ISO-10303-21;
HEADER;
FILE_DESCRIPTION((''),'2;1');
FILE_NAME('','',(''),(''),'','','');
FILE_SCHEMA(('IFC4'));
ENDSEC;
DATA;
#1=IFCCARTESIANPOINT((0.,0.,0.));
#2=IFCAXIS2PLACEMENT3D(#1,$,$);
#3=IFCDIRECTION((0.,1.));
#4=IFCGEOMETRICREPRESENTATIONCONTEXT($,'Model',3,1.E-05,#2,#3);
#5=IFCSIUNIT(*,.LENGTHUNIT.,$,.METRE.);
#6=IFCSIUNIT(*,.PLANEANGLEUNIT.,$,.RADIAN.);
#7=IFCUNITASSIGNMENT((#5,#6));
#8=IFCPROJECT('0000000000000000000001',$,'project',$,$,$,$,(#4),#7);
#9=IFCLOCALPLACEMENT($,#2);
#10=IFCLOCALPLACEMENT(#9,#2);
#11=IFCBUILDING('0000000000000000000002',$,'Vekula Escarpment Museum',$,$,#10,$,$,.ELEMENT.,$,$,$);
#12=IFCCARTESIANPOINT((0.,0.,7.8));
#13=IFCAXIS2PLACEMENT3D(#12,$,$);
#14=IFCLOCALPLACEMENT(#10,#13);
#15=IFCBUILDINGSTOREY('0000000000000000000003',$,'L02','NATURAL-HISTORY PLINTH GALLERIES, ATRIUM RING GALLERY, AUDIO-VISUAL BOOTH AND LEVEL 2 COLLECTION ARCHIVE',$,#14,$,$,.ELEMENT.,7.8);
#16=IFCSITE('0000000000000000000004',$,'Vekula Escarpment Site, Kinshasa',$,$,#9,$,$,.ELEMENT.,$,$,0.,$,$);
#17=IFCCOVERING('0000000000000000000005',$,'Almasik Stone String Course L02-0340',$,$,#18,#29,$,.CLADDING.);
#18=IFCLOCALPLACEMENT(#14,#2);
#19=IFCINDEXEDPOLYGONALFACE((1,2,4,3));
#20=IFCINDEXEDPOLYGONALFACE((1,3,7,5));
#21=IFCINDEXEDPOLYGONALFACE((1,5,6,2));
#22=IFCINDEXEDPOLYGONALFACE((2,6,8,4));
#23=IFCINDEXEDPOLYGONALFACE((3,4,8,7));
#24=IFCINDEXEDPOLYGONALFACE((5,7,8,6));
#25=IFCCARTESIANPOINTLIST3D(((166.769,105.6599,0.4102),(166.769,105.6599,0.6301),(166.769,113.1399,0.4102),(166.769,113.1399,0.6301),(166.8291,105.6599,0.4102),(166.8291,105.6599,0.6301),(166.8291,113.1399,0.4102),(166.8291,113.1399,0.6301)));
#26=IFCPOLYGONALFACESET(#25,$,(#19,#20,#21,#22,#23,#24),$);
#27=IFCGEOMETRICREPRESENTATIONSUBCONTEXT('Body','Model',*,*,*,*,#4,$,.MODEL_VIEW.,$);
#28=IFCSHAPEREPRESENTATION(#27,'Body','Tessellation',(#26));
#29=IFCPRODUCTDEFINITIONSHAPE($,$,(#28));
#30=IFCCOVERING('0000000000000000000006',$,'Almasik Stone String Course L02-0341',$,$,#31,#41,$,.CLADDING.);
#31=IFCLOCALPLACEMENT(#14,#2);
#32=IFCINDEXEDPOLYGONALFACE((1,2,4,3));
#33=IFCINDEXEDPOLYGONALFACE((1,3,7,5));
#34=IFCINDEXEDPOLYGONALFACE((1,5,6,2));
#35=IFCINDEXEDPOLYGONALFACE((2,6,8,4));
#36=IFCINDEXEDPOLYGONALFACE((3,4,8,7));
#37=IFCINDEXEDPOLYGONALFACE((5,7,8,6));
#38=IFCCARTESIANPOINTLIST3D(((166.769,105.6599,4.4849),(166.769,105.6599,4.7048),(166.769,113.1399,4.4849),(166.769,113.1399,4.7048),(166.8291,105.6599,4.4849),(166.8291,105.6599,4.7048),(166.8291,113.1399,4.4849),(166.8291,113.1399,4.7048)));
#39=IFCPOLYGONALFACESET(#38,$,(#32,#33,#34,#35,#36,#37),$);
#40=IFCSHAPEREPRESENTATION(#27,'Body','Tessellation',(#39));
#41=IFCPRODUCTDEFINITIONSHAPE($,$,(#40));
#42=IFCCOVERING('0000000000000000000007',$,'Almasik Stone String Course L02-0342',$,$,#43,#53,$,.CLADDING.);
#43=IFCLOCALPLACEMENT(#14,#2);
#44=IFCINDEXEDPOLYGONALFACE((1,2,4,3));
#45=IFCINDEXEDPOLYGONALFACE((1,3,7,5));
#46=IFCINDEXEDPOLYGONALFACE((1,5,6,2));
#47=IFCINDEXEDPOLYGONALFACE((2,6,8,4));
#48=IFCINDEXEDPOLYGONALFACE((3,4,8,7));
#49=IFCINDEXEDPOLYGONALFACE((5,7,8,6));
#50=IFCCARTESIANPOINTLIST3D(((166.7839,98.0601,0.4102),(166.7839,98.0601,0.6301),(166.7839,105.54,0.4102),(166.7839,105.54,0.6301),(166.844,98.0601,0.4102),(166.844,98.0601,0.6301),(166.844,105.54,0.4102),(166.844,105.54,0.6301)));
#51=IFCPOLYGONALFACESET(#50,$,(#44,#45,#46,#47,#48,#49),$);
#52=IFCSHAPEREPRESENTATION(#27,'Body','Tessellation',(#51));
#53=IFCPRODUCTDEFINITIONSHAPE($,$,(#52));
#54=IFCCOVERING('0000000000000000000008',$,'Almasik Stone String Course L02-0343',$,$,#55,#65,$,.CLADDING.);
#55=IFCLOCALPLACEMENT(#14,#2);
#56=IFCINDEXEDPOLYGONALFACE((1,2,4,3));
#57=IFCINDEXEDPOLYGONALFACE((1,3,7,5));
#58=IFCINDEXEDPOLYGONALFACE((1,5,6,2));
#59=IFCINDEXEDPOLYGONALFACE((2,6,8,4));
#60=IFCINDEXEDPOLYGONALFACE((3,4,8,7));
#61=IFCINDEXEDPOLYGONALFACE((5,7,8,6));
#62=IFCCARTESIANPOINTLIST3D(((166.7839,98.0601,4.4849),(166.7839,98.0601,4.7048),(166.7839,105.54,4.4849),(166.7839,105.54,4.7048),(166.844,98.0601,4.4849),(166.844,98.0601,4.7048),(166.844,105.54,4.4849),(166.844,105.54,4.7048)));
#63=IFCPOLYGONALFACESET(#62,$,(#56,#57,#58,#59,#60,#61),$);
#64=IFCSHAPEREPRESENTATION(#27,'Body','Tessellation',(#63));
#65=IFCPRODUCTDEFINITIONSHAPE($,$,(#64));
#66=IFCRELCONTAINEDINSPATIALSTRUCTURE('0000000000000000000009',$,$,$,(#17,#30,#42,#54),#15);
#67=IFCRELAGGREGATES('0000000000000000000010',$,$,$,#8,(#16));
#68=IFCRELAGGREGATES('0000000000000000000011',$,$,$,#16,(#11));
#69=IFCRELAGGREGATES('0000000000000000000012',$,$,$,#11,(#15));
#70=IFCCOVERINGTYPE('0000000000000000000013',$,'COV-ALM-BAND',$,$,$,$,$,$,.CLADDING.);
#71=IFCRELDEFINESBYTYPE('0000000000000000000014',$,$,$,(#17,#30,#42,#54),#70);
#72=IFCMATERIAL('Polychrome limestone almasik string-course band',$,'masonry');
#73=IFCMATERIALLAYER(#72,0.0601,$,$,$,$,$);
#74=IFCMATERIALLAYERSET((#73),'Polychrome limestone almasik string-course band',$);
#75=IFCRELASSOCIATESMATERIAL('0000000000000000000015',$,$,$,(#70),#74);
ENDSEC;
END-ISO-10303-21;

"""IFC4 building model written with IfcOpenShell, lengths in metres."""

from ifc_helpers import new_model, si_unit, direction, frame, origin, origin_2d, place, context, subcontext, project, spatial, rectangle, extrude, material, layer, layer_set, type_object, element, save


model = new_model("IFC4")

# Units and contexts
model_context = context("Model", 3, precision=1e-05, world=origin(), true_north=direction((0.0, 1.0)))
body_context = subcontext(model_context, "Body", "Model", "MODEL_VIEW")
ifc_project = project(units=[si_unit("LENGTHUNIT", "METRE"), si_unit("PLANEANGLEUNIT", "RADIAN")], contexts=[model_context])

# Site, building, storey
site_placement = place(None, origin())
site = spatial("IfcSite", under=ifc_project, at=site_placement, Name="Vekula Escarpment Site, Kinshasa", CompositionType="ELEMENT", RefElevation=0.0)
building_placement = place(site_placement, origin())
building = spatial("IfcBuilding", under=site, at=building_placement, Name="Vekula Escarpment Museum", CompositionType="ELEMENT")
storey_placement = place(building_placement, frame((0.0, 0.0, 7.8)))
storey = spatial("IfcBuildingStorey", under=building, at=storey_placement, Name="L02", Description="NATURAL-HISTORY PLINTH GALLERIES, ATRIUM RING GALLERY, AUDIO-VISUAL BOOTH AND LEVEL 2 COLLECTION ARCHIVE", CompositionType="ELEMENT", Elevation=7.8)

# Coverings
ifc_material_1 = material(Name="Polychrome limestone almasik string-course band", Category="masonry")
ifc_layer_1 = layer(ifc_material_1, 0.0601)
ifc_layer_set_1 = layer_set([ifc_layer_1], Name="Polychrome limestone almasik string-course band")
covering_type = type_object("IfcCoveringType", Name="COV-ALM-BAND", PredefinedType="CLADDING", material=ifc_layer_set_1)
for number, where, z_axis, x_axis, name in (
    (1, (166.7991, 109.3999, 0.4102), (0.0, 0.0, 1.0), (0.0, 1.0, 0.0), "Almasik Stone String Course L02-0340"),
    (2, (166.7991, 109.3999, 4.4849), (0.0, 0.0, 1.0), (0.0, 1.0, 0.0), "Almasik Stone String Course L02-0341"),
    (3, (166.814, 101.8, 0.4102), (0.0, 0.0, 1.0), (0.0, 1.0, 0.0), "Almasik Stone String Course L02-0342"),
    (4, (166.814, 101.8, 4.4849), (0.0, 0.0, 1.0), (0.0, 1.0, 0.0), "Almasik Stone String Course L02-0343"),
):
    element("IfcCovering", number, at=place(storey_placement, frame(where, z_axis=z_axis, x_axis=x_axis)), inside=storey, type_object=covering_type, Name=name, PredefinedType="CLADDING", context=body_context, shape_type="SweptSolid", body=[
        extrude(rectangle(XDim=7.48, YDim=0.0601, at=origin_2d()), origin(), (0.0, 0.0, 1.0), 0.22),
    ])

save(model, "model.ifc")
